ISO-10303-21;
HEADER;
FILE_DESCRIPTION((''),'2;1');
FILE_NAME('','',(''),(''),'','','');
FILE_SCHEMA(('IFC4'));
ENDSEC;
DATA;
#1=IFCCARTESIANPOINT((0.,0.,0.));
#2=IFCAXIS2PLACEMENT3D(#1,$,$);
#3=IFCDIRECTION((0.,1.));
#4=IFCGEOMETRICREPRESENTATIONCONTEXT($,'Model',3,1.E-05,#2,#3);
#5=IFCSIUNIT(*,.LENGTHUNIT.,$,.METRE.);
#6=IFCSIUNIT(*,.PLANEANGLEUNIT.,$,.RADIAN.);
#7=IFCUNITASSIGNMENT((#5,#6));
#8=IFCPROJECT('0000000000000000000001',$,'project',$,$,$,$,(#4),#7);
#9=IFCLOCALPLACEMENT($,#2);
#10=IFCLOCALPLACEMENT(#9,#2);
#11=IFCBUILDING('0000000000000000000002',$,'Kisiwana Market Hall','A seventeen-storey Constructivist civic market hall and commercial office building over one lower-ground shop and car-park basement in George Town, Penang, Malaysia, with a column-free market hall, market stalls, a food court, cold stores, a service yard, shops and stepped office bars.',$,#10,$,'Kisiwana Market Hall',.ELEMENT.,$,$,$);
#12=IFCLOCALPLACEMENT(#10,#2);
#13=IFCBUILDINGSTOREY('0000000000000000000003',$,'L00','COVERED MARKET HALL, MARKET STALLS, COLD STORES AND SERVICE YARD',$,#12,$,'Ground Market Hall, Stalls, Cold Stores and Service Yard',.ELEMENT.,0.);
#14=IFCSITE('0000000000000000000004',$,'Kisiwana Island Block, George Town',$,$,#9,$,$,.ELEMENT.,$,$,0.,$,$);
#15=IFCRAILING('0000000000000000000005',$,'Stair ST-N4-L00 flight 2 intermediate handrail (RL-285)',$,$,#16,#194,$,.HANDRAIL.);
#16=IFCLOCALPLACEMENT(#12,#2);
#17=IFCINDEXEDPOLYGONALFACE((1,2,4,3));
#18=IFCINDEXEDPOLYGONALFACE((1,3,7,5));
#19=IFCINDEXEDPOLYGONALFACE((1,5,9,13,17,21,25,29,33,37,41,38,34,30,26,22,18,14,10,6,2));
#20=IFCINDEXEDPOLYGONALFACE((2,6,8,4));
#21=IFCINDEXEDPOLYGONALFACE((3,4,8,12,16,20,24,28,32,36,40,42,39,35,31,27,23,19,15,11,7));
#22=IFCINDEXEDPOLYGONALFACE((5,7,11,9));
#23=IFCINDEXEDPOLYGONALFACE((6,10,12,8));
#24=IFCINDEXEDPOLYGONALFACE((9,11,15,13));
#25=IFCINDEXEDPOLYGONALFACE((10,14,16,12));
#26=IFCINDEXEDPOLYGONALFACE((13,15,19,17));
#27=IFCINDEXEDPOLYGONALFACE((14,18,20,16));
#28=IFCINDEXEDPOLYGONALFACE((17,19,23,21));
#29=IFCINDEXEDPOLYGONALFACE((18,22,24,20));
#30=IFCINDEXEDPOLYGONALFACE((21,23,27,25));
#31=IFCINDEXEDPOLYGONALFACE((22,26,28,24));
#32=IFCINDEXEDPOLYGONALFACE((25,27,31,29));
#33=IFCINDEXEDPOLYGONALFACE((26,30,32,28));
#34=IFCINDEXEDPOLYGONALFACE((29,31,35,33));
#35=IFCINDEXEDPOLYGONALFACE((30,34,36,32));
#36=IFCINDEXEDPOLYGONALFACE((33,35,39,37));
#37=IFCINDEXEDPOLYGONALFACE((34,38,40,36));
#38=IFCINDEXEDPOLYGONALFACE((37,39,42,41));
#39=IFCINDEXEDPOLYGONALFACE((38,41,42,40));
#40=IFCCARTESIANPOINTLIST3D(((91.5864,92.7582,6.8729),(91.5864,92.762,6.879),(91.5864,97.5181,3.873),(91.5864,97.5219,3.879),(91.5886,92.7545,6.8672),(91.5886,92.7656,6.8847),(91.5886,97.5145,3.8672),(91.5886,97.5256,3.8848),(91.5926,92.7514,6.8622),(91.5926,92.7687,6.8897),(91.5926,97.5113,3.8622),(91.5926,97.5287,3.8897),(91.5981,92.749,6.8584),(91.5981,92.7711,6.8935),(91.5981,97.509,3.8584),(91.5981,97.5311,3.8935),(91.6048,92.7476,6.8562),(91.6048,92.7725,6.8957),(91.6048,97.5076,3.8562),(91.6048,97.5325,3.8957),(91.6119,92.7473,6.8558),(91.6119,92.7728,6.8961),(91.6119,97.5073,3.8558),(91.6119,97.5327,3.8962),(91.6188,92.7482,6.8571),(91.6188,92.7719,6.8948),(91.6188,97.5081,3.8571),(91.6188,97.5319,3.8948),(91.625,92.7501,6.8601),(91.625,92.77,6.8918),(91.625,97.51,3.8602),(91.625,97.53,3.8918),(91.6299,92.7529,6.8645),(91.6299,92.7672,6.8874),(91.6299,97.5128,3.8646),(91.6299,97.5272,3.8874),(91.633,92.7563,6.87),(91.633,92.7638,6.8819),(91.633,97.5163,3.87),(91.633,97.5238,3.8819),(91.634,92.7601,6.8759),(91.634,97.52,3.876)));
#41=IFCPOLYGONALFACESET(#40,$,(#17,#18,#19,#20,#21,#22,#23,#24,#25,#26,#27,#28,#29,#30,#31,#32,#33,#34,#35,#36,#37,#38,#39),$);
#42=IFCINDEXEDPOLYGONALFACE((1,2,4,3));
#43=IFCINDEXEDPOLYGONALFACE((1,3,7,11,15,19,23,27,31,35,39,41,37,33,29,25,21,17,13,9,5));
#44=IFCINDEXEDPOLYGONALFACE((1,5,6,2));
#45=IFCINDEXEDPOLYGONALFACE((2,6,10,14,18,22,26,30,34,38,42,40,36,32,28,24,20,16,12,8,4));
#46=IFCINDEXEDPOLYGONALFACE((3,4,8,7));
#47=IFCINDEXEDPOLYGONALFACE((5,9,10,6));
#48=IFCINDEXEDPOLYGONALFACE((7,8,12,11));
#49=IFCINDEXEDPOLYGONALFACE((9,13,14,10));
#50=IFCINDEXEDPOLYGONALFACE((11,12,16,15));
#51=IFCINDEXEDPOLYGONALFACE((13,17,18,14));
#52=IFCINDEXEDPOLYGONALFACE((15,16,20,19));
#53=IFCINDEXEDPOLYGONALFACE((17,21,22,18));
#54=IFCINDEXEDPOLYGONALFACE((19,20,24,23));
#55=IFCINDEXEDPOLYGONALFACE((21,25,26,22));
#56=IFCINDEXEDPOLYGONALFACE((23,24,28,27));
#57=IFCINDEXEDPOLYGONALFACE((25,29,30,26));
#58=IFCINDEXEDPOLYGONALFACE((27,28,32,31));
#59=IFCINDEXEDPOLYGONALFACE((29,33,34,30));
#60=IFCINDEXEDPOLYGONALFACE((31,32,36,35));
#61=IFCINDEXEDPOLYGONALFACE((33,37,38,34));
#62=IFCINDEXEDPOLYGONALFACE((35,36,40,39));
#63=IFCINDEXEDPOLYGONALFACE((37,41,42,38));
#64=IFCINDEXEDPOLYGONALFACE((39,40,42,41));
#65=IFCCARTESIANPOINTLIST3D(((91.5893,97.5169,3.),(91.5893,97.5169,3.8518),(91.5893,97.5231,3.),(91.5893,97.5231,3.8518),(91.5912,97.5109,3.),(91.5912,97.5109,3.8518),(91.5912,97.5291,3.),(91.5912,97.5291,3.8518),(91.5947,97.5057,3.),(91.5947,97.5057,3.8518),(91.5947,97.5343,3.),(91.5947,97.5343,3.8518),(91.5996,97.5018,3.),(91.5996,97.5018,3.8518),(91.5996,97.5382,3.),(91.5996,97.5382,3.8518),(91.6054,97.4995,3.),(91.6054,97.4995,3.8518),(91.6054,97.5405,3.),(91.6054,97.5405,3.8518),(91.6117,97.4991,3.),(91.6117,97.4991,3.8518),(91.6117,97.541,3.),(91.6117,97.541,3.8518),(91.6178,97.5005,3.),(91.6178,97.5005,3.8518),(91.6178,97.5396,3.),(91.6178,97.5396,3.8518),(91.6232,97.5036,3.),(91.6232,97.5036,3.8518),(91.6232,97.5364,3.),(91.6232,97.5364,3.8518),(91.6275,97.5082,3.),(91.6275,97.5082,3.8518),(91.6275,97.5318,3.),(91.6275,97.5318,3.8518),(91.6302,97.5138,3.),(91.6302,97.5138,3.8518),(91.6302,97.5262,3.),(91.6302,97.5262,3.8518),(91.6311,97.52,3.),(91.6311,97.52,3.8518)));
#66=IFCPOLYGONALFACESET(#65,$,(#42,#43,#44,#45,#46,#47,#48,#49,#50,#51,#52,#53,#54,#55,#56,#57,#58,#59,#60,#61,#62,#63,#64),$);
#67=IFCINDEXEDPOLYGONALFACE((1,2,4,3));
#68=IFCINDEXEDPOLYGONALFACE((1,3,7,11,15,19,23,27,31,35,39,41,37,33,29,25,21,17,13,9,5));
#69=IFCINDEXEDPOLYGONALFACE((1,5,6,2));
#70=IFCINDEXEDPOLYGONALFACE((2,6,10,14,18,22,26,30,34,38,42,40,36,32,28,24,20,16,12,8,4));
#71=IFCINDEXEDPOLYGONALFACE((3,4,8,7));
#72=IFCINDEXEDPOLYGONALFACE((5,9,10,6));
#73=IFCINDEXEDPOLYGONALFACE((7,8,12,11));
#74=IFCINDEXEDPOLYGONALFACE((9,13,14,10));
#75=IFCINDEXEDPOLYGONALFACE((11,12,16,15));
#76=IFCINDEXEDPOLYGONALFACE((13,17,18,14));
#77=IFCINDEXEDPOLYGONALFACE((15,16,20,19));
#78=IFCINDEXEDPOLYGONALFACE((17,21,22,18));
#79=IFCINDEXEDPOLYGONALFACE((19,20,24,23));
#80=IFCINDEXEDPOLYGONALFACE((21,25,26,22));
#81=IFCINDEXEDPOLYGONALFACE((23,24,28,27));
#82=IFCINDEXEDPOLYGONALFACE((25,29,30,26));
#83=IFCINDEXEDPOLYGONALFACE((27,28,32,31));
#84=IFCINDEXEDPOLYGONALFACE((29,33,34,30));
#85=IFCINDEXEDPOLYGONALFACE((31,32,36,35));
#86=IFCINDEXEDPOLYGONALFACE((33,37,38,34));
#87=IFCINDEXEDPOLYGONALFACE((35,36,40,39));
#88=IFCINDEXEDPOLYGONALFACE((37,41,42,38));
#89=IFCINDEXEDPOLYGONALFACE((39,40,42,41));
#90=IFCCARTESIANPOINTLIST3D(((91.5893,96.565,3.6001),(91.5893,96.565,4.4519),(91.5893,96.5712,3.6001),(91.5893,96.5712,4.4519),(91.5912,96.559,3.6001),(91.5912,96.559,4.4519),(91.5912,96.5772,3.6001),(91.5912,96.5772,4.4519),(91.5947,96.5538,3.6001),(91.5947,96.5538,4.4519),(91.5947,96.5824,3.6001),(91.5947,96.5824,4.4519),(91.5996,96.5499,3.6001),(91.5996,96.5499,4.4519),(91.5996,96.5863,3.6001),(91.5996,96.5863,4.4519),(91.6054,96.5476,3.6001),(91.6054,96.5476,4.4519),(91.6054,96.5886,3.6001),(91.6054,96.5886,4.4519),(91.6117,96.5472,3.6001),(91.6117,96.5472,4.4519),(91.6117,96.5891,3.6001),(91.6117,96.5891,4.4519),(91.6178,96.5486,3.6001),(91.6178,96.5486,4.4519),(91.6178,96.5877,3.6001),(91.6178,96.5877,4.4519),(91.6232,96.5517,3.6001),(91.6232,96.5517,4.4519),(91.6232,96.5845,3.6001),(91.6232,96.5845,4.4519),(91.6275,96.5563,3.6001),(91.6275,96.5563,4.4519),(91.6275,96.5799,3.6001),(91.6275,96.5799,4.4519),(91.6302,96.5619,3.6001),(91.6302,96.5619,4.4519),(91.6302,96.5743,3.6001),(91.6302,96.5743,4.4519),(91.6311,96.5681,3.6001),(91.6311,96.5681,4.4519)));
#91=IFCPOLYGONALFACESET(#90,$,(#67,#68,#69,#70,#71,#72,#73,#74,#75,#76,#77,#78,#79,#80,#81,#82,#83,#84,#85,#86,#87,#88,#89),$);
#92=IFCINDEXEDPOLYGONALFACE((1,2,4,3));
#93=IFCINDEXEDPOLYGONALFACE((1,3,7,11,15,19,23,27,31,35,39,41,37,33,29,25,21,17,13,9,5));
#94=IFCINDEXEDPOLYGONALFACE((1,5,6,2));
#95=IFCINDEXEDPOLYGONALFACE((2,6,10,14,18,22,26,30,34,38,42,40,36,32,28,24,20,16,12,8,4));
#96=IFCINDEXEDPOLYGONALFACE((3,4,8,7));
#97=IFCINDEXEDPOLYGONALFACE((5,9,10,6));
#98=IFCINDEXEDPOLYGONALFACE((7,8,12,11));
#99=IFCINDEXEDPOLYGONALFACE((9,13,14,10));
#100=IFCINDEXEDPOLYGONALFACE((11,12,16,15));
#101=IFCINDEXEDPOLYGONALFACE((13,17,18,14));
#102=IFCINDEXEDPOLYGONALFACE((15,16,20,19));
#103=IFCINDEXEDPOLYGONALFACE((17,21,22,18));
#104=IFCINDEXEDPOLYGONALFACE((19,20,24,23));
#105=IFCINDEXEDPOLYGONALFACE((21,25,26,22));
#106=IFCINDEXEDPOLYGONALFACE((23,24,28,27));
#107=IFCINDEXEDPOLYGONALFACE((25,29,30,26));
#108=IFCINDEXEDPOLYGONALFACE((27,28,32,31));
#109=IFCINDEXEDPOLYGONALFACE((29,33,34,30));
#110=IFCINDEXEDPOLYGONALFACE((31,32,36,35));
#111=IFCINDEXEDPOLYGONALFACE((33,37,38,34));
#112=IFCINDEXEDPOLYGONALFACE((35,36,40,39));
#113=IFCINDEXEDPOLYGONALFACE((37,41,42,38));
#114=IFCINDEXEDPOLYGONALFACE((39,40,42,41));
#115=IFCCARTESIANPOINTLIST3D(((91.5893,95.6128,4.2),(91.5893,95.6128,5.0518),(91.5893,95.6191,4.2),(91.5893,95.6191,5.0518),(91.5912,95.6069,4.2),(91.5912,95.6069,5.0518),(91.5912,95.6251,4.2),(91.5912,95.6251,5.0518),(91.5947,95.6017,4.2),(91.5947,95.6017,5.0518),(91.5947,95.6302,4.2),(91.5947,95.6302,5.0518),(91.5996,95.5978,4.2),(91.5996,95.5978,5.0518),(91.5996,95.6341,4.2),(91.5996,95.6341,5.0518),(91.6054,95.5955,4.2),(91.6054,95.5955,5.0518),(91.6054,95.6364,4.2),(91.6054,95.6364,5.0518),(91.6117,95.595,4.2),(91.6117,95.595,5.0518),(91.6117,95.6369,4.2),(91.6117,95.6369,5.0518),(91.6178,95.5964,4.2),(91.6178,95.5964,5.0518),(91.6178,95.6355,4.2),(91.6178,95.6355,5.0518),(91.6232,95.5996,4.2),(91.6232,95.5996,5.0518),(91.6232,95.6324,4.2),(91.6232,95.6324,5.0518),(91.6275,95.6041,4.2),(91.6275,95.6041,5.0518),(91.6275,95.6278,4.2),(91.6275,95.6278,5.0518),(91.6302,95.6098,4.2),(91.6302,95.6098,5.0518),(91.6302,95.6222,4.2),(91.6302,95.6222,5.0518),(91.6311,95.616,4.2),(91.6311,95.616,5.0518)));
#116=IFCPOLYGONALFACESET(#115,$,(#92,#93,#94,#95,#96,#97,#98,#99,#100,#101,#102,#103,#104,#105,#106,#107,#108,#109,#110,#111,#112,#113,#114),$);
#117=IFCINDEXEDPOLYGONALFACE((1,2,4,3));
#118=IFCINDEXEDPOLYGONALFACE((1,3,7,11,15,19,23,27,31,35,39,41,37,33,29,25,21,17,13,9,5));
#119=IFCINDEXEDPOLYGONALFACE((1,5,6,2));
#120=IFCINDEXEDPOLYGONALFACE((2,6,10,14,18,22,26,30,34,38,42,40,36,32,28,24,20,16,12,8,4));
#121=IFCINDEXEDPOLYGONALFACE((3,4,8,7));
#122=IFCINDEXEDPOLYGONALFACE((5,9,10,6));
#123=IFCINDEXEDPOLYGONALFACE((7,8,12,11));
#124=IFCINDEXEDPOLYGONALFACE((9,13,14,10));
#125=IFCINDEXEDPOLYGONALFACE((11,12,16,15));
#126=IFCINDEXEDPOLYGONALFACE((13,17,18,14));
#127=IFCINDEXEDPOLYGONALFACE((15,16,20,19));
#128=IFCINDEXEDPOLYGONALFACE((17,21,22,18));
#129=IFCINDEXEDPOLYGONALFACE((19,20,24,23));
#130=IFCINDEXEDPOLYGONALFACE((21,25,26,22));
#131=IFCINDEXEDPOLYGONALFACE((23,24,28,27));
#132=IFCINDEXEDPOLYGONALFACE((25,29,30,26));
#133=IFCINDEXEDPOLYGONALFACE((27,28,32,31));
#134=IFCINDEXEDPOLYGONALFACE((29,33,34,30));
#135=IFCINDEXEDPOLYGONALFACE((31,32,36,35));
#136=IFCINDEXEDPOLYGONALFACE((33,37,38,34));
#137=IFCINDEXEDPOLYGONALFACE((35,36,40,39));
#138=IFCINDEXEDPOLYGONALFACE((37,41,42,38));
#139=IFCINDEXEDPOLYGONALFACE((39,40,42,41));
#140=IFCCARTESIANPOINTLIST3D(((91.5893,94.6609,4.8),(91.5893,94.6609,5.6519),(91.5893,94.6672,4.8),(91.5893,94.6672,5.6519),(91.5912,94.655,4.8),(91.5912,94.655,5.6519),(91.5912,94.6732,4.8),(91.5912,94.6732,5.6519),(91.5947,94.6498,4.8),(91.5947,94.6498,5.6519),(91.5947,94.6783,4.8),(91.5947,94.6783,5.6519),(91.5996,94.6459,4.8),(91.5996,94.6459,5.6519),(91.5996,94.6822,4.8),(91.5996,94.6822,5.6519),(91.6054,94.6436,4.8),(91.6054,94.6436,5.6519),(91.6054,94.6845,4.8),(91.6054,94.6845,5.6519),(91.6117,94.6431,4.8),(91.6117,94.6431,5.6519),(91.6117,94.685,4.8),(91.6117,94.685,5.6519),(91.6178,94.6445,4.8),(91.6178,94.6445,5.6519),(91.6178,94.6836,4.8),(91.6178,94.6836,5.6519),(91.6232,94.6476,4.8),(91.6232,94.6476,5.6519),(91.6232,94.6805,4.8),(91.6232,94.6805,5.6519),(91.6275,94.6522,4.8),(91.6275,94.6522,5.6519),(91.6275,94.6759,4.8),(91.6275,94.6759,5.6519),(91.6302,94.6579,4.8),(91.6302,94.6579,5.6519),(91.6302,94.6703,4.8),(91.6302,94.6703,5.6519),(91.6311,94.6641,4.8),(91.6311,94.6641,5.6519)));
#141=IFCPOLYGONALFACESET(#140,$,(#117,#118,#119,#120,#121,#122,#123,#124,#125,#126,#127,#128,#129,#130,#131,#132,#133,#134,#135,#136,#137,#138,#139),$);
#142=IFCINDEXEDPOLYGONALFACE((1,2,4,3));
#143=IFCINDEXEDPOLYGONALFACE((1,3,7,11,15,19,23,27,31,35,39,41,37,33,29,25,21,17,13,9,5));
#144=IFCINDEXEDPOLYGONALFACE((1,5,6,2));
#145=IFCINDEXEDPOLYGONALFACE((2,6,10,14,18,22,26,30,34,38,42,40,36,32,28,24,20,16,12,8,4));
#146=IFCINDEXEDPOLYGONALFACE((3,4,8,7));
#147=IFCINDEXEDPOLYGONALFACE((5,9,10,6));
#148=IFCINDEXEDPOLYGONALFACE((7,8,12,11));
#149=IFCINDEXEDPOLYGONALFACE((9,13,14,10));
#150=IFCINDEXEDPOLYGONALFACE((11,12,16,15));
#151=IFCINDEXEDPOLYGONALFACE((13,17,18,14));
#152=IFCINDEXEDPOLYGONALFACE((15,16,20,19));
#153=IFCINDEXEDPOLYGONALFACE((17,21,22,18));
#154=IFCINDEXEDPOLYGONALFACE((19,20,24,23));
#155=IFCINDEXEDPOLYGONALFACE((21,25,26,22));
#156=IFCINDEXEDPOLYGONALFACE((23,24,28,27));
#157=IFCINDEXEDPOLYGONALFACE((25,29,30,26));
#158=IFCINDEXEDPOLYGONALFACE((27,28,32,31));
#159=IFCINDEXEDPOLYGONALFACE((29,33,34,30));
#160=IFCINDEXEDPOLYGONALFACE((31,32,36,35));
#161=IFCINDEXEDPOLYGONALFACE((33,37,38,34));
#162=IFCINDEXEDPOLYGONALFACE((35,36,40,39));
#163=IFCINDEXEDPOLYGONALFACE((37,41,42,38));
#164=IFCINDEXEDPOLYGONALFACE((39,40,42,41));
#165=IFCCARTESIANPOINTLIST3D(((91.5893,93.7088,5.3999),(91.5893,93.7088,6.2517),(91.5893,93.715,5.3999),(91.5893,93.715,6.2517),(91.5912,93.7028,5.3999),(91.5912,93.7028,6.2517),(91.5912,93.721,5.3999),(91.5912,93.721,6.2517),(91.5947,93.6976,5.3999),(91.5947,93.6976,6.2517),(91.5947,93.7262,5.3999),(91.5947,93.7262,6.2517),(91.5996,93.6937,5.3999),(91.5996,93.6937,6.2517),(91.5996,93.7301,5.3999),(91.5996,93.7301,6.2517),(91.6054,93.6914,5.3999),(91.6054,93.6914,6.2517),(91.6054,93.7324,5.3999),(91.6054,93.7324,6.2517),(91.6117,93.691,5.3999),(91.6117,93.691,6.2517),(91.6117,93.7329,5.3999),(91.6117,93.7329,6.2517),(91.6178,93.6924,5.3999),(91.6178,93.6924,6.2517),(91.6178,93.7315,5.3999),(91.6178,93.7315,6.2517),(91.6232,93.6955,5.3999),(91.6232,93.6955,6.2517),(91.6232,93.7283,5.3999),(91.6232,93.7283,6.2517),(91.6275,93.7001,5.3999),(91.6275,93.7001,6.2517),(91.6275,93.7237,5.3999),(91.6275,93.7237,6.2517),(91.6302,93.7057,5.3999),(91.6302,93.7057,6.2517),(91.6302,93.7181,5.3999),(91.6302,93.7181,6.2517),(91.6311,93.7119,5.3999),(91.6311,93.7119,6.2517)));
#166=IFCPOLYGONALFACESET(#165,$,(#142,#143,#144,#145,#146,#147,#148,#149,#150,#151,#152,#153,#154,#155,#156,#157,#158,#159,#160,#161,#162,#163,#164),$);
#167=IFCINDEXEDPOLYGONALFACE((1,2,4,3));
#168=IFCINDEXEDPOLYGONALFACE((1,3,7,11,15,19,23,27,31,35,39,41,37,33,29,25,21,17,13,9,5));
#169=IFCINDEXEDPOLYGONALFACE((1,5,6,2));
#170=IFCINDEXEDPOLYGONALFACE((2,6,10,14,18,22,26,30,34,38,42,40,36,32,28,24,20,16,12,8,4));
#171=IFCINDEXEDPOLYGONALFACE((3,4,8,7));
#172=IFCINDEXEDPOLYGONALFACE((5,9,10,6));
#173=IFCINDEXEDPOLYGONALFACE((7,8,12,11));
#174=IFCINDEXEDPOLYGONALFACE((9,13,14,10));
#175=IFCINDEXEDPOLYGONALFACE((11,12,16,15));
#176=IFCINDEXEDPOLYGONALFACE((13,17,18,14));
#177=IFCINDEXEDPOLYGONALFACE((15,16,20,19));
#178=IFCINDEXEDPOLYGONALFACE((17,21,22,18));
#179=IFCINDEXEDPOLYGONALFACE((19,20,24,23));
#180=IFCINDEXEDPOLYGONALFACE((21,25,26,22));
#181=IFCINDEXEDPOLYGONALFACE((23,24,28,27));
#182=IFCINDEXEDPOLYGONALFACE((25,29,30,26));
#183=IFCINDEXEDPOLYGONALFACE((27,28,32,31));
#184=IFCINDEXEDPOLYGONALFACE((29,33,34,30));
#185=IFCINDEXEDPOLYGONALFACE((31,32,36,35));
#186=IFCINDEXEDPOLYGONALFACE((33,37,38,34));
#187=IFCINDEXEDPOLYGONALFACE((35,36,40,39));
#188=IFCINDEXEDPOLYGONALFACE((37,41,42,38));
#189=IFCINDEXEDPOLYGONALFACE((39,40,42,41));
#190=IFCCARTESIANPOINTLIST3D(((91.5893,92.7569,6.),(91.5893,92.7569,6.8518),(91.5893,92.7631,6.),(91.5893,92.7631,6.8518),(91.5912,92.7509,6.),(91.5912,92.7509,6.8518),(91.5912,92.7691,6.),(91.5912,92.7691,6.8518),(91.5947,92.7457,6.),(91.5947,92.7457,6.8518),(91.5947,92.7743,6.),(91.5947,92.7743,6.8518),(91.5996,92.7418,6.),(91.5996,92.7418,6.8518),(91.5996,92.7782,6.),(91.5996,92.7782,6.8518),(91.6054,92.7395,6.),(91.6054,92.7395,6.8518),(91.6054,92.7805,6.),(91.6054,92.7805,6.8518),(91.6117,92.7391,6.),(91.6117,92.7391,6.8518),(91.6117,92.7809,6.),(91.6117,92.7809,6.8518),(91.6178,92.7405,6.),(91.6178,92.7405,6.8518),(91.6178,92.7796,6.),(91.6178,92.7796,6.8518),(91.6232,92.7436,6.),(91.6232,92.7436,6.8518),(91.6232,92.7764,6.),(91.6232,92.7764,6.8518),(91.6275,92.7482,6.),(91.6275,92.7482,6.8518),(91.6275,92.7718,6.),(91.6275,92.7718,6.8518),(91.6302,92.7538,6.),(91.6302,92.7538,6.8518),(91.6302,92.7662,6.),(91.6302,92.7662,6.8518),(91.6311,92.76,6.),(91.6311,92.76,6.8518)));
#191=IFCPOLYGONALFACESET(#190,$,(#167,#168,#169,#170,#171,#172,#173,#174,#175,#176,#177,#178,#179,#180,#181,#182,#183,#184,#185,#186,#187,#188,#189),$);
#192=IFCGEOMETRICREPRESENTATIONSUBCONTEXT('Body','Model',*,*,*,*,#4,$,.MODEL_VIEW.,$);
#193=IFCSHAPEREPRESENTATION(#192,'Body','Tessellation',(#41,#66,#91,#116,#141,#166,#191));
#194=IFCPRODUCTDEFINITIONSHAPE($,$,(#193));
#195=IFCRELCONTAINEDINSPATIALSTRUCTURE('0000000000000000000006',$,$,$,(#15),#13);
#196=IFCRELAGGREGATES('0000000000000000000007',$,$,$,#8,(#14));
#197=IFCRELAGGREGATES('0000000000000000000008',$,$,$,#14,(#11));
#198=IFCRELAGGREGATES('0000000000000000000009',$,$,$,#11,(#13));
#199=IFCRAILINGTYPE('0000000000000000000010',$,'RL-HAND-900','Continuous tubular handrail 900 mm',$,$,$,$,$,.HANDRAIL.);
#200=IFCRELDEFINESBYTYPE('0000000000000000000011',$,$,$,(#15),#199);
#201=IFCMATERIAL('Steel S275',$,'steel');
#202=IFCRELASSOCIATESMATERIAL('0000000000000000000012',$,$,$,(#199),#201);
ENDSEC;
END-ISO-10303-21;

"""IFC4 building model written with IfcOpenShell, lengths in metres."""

from ifc_helpers import new_model, si_unit, direction, frame, origin, origin_2d, place, context, subcontext, project, spatial, circle, extrude, material, type_object, element, save


model = new_model("IFC4")

# Units and contexts
model_context = context("Model", 3, precision=1e-05, world=origin(), true_north=direction((0.0, 1.0)))
body_context = subcontext(model_context, "Body", "Model", "MODEL_VIEW")
ifc_project = project(units=[si_unit("LENGTHUNIT", "METRE"), si_unit("PLANEANGLEUNIT", "RADIAN")], contexts=[model_context])

# Site, building, storey
site_placement = place(None, origin())
site = spatial("IfcSite", under=ifc_project, at=site_placement, Name="Kisiwana Island Block, George Town", CompositionType="ELEMENT", RefElevation=0.0)
building_placement = place(site_placement, origin())
building = spatial("IfcBuilding", under=site, at=building_placement, Name="Kisiwana Market Hall", Description="A seventeen-storey Constructivist civic market hall and commercial office building over one lower-ground shop and car-park basement in George Town, Penang, Malaysia, with a column-free market hall, market stalls, a food court, cold stores, a service yard, shops and stepped office bars.", LongName="Kisiwana Market Hall", CompositionType="ELEMENT")
storey_placement = place(building_placement, origin())
storey = spatial("IfcBuildingStorey", under=building, at=storey_placement, Name="L00", Description="COVERED MARKET HALL, MARKET STALLS, COLD STORES AND SERVICE YARD", LongName="Ground Market Hall, Stalls, Cold Stores and Service Yard", CompositionType="ELEMENT", Elevation=0.0)

# Railing
ifc_material_1 = material(Name="Steel S275", Category="steel")
railing_type = type_object("IfcRailingType", Name="RL-HAND-900", Description="Continuous tubular handrail 900 mm", PredefinedType="HANDRAIL", material=ifc_material_1)
for number, where, name in (
    (1, (91.6101, 97.52, 3.0), "Stair ST-N4-L00 flight 2 intermediate handrail (RL-285)"),
):
    element("IfcRailing", number, at=place(storey_placement, frame(where)), inside=storey, type_object=railing_type, Name=name, PredefinedType="HANDRAIL", context=body_context, shape_type="SweptSolid", body=[
        extrude(circle(Radius=0.0239, at=origin_2d()), frame((0.0, 0.0, 0.876), z_axis=(0.0, -0.845996, 0.53319), x_axis=(1.0, 0.0, 0.0)), (0.0, 0.0, 1.0), 5.6265),
        extrude(circle(Radius=0.021, at=origin_2d()), origin(), (0.0, 0.0, 1.0), 0.8518),
        extrude(circle(Radius=0.021, at=origin_2d()), frame((0.0, -0.9519, 0.6001)), (0.0, 0.0, 1.0), 0.8518),
        extrude(circle(Radius=0.021, at=origin_2d()), frame((0.0, -1.9041, 1.2)), (0.0, 0.0, 1.0), 0.8518),
        extrude(circle(Radius=0.021, at=origin_2d()), frame((0.0, -2.856, 1.8)), (0.0, 0.0, 1.0), 0.8518),
        extrude(circle(Radius=0.021, at=origin_2d()), frame((0.0, -3.8081, 2.3999)), (0.0, 0.0, 1.0), 0.8518),
        extrude(circle(Radius=0.021, at=origin_2d()), frame((0.0, -4.76, 3.0)), (0.0, 0.0, 1.0), 0.8518),
    ])

save(model, "model.ifc")
